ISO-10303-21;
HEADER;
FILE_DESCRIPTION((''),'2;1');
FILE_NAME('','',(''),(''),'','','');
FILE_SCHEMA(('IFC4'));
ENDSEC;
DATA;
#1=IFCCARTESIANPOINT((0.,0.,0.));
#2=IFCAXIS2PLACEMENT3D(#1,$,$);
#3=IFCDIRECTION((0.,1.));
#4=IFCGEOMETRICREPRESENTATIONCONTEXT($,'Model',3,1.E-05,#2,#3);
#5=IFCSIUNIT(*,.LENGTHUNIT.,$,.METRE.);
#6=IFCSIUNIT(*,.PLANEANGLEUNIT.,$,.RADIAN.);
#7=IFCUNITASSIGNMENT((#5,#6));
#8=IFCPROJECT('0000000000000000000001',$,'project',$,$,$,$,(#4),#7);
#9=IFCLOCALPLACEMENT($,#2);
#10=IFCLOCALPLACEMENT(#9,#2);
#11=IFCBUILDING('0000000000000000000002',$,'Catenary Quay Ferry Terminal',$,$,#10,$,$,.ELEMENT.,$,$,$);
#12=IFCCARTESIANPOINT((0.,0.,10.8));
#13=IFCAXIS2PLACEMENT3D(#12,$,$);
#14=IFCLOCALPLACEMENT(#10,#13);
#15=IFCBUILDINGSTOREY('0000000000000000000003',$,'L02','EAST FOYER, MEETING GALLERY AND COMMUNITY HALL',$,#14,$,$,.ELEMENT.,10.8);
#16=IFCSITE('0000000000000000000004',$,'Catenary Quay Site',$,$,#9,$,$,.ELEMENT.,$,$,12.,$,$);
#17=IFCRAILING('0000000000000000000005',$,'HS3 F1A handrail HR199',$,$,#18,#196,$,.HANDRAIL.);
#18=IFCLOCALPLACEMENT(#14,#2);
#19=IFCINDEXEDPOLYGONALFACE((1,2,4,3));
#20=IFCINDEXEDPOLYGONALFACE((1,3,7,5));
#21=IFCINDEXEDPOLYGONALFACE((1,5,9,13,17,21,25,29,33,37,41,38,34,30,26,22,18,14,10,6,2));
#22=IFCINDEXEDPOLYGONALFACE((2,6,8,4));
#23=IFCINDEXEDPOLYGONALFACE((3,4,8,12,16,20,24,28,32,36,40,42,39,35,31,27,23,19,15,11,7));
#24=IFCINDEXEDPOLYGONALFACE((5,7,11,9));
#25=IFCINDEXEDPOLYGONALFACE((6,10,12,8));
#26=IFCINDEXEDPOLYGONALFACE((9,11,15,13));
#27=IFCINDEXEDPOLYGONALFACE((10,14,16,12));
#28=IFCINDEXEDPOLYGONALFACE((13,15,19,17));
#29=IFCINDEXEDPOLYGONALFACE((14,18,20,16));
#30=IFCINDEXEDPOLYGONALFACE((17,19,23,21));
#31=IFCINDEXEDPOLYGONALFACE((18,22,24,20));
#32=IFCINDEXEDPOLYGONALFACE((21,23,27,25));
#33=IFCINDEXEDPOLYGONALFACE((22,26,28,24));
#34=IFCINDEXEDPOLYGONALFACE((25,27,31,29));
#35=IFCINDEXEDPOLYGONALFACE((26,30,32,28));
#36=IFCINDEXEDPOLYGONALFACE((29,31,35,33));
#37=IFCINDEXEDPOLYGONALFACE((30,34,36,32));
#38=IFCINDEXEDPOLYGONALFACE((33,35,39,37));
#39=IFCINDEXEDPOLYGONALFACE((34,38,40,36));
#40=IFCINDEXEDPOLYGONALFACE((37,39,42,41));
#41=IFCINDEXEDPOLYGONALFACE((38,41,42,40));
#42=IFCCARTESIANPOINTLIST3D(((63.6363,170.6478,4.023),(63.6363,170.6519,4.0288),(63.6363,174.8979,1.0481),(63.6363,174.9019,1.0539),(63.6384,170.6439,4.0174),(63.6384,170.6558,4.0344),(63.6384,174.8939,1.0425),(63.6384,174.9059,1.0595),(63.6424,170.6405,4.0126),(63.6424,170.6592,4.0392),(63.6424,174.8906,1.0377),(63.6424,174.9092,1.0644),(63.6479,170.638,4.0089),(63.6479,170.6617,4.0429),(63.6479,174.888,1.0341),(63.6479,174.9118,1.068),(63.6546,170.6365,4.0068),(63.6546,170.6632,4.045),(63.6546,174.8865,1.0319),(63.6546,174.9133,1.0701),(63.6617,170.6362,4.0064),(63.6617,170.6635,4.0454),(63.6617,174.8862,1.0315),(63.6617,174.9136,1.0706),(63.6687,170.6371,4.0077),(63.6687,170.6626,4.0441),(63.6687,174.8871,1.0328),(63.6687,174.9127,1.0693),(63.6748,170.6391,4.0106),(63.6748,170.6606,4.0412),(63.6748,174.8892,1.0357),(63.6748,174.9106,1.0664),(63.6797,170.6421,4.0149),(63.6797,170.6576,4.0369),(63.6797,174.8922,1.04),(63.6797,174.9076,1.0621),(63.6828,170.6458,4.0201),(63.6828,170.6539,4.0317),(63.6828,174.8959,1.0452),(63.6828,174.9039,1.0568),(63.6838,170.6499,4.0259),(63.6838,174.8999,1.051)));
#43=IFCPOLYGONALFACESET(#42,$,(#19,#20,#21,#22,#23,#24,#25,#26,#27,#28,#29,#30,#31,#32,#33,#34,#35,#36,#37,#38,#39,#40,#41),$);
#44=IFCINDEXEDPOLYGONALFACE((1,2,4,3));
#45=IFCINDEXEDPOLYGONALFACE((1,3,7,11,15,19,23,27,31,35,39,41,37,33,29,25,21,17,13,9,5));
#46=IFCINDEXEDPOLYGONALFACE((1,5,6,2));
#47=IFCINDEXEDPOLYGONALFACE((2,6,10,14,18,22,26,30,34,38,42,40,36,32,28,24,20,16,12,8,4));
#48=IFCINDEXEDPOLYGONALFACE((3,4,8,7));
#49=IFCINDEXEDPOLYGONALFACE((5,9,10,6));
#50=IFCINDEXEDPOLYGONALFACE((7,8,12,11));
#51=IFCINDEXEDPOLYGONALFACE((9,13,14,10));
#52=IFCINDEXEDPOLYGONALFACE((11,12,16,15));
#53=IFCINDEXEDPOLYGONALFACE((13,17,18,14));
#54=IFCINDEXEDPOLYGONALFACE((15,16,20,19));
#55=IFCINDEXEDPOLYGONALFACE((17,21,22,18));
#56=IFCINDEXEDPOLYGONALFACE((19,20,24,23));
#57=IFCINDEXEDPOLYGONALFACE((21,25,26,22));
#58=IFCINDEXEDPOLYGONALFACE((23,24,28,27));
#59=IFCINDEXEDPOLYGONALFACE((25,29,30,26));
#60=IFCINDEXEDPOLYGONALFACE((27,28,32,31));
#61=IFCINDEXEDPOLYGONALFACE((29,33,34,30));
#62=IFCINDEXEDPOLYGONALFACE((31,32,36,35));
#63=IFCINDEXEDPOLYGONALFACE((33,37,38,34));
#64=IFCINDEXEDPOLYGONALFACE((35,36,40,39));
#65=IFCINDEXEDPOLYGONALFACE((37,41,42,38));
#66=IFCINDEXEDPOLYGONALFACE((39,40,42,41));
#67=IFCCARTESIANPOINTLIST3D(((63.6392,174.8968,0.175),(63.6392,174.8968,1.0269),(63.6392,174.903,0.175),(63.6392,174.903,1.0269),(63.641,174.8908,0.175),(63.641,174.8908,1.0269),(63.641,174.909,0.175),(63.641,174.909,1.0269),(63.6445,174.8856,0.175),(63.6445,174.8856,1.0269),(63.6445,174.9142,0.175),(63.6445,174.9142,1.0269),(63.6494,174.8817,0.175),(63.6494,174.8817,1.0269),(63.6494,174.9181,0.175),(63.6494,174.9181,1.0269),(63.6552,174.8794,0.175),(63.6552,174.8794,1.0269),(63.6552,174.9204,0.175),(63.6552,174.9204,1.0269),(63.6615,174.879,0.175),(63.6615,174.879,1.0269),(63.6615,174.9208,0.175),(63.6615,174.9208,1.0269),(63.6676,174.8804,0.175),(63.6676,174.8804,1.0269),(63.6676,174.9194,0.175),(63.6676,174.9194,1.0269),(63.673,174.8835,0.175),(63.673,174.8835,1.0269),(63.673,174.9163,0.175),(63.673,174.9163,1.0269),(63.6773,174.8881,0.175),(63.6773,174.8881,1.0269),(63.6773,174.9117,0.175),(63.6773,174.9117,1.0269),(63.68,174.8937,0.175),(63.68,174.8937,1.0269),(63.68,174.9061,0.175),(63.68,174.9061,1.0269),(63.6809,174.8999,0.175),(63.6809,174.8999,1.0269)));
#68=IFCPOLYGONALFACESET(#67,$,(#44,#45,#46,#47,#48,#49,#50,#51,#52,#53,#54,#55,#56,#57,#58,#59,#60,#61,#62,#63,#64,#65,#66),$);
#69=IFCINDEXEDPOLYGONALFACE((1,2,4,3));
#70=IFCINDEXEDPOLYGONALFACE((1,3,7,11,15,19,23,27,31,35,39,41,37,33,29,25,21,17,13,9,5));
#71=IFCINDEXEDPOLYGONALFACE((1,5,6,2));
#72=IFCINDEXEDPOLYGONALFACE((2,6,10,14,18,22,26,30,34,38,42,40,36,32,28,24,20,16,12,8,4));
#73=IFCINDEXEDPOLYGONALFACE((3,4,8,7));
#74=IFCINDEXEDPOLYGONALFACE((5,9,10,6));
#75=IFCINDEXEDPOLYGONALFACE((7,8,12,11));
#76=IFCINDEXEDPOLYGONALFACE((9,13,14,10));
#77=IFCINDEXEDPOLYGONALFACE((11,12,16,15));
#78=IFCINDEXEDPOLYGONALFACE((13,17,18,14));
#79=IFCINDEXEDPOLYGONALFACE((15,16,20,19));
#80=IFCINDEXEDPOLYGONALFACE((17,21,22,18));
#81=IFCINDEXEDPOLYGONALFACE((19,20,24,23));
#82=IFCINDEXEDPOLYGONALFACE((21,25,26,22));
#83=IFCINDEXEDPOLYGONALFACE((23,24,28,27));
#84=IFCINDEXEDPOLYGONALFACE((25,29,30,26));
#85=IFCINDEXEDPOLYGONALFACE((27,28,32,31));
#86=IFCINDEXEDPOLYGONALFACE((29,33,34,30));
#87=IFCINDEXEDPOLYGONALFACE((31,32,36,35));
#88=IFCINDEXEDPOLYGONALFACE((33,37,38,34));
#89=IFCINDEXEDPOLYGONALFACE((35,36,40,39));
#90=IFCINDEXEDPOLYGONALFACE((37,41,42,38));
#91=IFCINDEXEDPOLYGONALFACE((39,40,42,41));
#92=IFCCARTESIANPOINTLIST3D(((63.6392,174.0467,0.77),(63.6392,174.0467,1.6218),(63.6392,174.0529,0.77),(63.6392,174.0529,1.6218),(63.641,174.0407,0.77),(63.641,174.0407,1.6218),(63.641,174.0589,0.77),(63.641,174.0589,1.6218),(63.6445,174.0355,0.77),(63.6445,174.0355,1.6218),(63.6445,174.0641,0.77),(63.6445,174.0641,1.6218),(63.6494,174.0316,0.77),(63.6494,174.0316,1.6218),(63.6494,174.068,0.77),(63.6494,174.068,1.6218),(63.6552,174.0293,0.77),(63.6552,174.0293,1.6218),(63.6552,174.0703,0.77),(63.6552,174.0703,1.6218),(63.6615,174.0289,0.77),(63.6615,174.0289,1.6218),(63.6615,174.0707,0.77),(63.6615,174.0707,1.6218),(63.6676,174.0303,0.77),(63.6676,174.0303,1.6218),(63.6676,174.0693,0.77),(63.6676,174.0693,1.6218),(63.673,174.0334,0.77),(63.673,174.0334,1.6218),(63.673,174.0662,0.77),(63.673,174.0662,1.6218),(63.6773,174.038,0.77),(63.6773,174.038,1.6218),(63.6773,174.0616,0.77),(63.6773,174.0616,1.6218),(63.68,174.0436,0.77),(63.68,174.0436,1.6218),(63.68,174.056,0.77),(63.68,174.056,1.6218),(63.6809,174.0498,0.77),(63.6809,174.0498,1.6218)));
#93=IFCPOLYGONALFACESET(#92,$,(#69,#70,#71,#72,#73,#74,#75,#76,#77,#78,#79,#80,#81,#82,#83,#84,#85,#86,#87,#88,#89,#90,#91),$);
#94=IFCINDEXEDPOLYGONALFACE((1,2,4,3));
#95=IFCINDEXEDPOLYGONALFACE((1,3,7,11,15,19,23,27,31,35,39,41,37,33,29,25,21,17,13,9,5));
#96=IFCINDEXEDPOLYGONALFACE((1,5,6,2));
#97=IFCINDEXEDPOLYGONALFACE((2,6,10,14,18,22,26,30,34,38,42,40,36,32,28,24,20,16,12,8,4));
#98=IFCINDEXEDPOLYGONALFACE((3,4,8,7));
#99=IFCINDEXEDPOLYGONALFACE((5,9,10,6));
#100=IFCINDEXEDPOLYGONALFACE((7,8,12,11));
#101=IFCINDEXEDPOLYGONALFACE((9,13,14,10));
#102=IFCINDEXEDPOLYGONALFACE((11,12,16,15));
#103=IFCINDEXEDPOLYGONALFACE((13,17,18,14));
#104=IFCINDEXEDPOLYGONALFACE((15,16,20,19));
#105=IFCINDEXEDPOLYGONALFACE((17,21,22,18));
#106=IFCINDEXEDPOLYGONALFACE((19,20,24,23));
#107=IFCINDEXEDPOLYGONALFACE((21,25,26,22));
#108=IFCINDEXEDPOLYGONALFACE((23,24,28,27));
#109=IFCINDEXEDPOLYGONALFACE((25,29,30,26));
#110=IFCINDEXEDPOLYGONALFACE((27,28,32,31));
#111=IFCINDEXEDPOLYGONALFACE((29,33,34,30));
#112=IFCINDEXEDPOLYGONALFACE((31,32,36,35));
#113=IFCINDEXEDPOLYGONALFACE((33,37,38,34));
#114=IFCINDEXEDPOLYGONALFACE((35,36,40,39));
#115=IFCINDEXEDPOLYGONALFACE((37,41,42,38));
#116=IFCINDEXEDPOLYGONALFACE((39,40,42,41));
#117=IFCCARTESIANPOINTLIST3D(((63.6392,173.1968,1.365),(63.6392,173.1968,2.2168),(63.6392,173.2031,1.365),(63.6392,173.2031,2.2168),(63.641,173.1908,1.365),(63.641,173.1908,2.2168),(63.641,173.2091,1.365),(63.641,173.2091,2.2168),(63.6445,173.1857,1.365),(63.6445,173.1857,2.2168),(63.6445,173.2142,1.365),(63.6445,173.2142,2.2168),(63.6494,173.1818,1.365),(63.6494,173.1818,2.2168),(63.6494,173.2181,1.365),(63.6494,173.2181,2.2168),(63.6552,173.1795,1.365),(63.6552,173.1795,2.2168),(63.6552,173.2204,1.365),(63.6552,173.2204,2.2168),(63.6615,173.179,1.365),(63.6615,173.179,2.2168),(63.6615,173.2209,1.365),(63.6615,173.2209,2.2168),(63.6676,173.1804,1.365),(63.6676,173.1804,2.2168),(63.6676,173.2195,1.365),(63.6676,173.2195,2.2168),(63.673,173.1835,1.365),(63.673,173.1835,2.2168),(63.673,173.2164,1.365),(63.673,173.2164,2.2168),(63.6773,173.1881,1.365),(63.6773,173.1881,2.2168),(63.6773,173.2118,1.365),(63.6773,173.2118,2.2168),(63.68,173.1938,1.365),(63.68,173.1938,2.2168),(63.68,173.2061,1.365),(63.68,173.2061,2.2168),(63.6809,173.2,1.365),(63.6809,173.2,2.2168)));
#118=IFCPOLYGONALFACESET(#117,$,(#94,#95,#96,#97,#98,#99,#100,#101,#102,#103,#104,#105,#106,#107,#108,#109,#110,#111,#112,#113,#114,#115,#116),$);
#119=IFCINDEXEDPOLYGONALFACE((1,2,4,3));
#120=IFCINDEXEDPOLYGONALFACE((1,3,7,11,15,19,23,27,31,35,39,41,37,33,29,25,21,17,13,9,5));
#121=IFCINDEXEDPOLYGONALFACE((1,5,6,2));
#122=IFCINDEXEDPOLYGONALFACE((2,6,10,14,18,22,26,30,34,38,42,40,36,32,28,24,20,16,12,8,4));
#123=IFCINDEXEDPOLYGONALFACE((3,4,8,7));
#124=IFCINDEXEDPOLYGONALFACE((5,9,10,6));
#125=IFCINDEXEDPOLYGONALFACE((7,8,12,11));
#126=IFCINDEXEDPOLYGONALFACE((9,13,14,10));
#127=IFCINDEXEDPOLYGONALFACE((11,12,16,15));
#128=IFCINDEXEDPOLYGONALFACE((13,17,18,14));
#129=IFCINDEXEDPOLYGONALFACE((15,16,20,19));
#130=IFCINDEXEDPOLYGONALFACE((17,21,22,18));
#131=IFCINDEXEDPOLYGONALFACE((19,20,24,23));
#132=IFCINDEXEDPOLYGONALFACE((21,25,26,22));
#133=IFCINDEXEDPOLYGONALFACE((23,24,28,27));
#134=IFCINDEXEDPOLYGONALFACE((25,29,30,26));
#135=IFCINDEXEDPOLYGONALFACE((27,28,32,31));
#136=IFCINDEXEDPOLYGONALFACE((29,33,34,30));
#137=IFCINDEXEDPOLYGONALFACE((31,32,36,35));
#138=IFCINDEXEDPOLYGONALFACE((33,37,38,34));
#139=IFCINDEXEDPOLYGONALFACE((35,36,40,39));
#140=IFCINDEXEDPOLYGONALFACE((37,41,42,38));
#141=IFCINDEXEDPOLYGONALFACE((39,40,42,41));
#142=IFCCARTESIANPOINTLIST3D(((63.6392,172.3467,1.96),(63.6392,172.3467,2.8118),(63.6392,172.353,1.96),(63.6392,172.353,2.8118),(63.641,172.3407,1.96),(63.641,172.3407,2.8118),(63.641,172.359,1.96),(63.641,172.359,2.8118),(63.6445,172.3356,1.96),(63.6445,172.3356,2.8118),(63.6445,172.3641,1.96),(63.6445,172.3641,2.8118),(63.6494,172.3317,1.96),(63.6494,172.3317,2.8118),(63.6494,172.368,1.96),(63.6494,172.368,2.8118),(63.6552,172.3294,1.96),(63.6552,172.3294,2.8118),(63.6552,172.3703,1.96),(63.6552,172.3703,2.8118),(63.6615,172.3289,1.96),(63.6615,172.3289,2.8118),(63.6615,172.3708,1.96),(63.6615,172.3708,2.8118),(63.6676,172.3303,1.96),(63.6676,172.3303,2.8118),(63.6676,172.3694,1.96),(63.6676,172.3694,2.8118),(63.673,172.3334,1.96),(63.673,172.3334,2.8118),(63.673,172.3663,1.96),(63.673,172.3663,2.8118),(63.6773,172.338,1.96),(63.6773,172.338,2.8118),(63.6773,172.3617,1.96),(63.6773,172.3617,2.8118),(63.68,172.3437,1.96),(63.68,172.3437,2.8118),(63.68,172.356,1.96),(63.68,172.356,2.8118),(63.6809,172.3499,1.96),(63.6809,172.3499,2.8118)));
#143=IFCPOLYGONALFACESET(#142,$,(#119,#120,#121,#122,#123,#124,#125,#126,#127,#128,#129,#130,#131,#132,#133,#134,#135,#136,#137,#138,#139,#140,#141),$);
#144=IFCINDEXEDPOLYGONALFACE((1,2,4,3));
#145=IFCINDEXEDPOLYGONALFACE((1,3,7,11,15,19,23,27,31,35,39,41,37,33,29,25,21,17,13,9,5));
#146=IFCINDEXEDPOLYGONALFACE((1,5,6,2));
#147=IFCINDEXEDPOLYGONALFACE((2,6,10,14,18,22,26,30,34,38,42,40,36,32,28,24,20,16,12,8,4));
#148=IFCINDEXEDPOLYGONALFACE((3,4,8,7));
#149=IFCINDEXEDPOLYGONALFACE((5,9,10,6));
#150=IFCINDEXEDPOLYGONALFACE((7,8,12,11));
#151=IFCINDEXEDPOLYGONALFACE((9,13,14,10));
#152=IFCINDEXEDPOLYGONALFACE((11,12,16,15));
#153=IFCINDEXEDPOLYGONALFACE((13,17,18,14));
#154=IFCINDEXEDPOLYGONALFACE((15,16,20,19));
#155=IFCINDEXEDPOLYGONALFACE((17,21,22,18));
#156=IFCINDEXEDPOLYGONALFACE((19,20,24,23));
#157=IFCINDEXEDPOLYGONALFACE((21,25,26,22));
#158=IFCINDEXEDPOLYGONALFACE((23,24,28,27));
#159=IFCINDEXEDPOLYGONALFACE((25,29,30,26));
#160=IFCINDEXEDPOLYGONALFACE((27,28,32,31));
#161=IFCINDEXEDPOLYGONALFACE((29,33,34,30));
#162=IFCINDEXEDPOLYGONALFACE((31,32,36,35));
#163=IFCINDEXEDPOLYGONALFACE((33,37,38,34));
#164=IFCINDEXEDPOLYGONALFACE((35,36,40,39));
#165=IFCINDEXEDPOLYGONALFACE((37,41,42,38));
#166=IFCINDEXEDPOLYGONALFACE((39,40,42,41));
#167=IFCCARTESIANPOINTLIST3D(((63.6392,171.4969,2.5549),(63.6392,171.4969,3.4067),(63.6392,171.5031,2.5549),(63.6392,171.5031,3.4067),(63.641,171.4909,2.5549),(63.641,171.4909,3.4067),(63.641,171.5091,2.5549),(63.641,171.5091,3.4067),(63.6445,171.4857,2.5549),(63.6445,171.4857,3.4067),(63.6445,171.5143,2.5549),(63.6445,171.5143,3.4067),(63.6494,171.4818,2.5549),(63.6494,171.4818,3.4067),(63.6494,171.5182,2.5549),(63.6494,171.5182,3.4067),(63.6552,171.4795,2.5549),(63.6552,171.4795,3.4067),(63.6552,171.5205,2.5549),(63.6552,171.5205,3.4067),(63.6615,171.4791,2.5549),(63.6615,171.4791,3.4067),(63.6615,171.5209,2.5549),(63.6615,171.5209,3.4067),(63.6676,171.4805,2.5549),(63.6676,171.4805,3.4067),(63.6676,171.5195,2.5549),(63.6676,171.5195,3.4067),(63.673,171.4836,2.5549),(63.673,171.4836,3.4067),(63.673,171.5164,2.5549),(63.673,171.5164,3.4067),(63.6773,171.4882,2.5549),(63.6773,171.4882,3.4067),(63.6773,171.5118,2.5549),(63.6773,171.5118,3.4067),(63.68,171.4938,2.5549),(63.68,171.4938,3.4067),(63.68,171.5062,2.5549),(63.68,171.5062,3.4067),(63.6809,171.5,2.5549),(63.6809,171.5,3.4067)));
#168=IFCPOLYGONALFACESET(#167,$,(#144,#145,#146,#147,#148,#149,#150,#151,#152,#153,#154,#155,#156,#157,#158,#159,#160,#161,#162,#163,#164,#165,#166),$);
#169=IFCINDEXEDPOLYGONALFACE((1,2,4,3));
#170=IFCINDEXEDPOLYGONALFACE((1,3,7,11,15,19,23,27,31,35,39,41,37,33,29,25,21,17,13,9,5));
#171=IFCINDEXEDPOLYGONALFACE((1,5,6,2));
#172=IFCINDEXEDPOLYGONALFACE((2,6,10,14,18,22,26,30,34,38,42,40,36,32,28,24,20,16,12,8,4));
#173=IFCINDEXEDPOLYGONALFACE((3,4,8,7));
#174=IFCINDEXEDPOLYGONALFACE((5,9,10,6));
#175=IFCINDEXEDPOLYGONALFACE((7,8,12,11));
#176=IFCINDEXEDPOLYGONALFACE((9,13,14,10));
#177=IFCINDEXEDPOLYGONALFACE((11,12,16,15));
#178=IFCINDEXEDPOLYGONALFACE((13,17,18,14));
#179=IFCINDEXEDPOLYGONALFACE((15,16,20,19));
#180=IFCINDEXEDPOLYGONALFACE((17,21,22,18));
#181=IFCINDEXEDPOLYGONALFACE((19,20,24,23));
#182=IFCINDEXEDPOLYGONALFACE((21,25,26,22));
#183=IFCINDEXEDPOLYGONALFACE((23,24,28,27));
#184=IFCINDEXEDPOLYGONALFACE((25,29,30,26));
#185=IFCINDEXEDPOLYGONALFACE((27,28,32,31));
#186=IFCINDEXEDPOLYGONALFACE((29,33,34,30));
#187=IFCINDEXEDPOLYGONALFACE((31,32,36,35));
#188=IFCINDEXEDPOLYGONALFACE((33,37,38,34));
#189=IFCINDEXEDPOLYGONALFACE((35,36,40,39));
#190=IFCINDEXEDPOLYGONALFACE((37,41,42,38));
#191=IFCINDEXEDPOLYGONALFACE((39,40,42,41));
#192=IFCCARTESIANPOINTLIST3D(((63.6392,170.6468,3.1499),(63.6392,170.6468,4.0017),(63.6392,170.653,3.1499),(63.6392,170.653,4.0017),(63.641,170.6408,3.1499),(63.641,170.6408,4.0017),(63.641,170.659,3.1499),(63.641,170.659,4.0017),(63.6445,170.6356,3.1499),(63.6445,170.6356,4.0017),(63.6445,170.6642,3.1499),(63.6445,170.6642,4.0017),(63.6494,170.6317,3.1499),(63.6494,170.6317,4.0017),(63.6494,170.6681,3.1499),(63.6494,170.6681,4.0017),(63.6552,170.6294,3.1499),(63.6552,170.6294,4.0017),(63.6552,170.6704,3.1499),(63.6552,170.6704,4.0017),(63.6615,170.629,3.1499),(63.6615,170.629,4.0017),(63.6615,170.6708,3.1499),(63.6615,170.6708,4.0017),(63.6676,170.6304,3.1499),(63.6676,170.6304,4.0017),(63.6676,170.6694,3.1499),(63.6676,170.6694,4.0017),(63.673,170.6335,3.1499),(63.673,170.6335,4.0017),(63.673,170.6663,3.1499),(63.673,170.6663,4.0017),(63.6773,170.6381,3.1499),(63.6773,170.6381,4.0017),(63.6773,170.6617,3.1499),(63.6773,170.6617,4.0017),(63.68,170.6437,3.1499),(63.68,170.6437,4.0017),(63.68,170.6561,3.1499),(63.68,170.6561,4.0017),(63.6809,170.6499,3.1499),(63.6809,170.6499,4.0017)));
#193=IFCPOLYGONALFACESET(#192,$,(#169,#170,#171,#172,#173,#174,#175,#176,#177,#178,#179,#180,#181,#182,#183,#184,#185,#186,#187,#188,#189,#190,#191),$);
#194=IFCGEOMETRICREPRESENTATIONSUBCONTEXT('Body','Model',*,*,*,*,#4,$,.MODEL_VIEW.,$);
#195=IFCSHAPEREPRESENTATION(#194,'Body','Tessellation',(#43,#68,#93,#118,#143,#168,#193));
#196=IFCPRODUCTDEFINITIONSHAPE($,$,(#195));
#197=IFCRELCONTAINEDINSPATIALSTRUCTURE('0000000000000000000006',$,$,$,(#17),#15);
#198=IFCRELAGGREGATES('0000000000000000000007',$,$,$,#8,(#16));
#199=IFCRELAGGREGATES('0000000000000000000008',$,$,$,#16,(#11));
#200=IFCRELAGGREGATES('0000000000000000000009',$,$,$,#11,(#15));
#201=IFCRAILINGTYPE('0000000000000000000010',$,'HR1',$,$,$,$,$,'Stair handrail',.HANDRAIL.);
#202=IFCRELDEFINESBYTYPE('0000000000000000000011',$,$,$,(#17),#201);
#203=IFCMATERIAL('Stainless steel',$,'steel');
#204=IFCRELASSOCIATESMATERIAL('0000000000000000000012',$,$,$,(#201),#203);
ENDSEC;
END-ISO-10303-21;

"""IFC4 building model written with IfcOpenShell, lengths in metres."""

from ifc_helpers import new_model, si_unit, direction, frame, origin, origin_2d, place, context, subcontext, project, spatial, circle, extrude, material, type_object, element, save


model = new_model("IFC4")

# Units and contexts
model_context = context("Model", 3, precision=1e-05, world=origin(), true_north=direction((0.0, 1.0)))
body_context = subcontext(model_context, "Body", "Model", "MODEL_VIEW")
ifc_project = project(units=[si_unit("LENGTHUNIT", "METRE"), si_unit("PLANEANGLEUNIT", "RADIAN")], contexts=[model_context])

# Site, building, storey
site_placement = place(None, origin())
site = spatial("IfcSite", under=ifc_project, at=site_placement, Name="Catenary Quay Site", CompositionType="ELEMENT", RefElevation=12.0)
building_placement = place(site_placement, origin())
building = spatial("IfcBuilding", under=site, at=building_placement, Name="Catenary Quay Ferry Terminal", CompositionType="ELEMENT")
storey_placement = place(building_placement, frame((0.0, 0.0, 10.8)))
storey = spatial("IfcBuildingStorey", under=building, at=storey_placement, Name="L02", Description="EAST FOYER, MEETING GALLERY AND COMMUNITY HALL", CompositionType="ELEMENT", Elevation=10.8)

# Railing
ifc_material_1 = material(Name="Stainless steel", Category="steel")
railing_type_1 = type_object("IfcRailingType", Name="HR1", ElementType="Stair handrail", PredefinedType="HANDRAIL", material=ifc_material_1)
for number, where, name in (
    (1, (63.6599, 174.8999, 0.175), "HS3 F1A handrail HR199"),
):
    element("IfcRailing", number, at=place(storey_placement, frame(where)), inside=storey, type_object=railing_type_1, Name=name, PredefinedType="HANDRAIL", context=body_context, shape_type="SweptSolid", body=[
        extrude(circle(Radius=0.0239, at=origin_2d()), frame((0.0, 0.0, 0.876), z_axis=(0.0, -0.819245, 0.573443), x_axis=(1.0, 0.0, 0.0)), (0.0, 0.0, 1.0), 5.1877),
        extrude(circle(Radius=0.021, at=origin_2d()), origin(), (0.0, 0.0, 1.0), 0.8518),
        extrude(circle(Radius=0.021, at=origin_2d()), frame((0.0, -0.8501, 0.595)), (0.0, 0.0, 1.0), 0.8518),
        extrude(circle(Radius=0.021, at=origin_2d()), frame((0.0, -1.7, 1.1899)), (0.0, 0.0, 1.0), 0.8518),
        extrude(circle(Radius=0.021, at=origin_2d()), frame((0.0, -2.55, 1.7849)), (0.0, 0.0, 1.0), 0.8518),
        extrude(circle(Radius=0.021, at=origin_2d()), frame((0.0, -3.3999, 2.3799)), (0.0, 0.0, 1.0), 0.8518),
        extrude(circle(Radius=0.021, at=origin_2d()), frame((0.0, -4.25, 2.9749)), (0.0, 0.0, 1.0), 0.8518),
    ])

save(model, "model.ifc")
